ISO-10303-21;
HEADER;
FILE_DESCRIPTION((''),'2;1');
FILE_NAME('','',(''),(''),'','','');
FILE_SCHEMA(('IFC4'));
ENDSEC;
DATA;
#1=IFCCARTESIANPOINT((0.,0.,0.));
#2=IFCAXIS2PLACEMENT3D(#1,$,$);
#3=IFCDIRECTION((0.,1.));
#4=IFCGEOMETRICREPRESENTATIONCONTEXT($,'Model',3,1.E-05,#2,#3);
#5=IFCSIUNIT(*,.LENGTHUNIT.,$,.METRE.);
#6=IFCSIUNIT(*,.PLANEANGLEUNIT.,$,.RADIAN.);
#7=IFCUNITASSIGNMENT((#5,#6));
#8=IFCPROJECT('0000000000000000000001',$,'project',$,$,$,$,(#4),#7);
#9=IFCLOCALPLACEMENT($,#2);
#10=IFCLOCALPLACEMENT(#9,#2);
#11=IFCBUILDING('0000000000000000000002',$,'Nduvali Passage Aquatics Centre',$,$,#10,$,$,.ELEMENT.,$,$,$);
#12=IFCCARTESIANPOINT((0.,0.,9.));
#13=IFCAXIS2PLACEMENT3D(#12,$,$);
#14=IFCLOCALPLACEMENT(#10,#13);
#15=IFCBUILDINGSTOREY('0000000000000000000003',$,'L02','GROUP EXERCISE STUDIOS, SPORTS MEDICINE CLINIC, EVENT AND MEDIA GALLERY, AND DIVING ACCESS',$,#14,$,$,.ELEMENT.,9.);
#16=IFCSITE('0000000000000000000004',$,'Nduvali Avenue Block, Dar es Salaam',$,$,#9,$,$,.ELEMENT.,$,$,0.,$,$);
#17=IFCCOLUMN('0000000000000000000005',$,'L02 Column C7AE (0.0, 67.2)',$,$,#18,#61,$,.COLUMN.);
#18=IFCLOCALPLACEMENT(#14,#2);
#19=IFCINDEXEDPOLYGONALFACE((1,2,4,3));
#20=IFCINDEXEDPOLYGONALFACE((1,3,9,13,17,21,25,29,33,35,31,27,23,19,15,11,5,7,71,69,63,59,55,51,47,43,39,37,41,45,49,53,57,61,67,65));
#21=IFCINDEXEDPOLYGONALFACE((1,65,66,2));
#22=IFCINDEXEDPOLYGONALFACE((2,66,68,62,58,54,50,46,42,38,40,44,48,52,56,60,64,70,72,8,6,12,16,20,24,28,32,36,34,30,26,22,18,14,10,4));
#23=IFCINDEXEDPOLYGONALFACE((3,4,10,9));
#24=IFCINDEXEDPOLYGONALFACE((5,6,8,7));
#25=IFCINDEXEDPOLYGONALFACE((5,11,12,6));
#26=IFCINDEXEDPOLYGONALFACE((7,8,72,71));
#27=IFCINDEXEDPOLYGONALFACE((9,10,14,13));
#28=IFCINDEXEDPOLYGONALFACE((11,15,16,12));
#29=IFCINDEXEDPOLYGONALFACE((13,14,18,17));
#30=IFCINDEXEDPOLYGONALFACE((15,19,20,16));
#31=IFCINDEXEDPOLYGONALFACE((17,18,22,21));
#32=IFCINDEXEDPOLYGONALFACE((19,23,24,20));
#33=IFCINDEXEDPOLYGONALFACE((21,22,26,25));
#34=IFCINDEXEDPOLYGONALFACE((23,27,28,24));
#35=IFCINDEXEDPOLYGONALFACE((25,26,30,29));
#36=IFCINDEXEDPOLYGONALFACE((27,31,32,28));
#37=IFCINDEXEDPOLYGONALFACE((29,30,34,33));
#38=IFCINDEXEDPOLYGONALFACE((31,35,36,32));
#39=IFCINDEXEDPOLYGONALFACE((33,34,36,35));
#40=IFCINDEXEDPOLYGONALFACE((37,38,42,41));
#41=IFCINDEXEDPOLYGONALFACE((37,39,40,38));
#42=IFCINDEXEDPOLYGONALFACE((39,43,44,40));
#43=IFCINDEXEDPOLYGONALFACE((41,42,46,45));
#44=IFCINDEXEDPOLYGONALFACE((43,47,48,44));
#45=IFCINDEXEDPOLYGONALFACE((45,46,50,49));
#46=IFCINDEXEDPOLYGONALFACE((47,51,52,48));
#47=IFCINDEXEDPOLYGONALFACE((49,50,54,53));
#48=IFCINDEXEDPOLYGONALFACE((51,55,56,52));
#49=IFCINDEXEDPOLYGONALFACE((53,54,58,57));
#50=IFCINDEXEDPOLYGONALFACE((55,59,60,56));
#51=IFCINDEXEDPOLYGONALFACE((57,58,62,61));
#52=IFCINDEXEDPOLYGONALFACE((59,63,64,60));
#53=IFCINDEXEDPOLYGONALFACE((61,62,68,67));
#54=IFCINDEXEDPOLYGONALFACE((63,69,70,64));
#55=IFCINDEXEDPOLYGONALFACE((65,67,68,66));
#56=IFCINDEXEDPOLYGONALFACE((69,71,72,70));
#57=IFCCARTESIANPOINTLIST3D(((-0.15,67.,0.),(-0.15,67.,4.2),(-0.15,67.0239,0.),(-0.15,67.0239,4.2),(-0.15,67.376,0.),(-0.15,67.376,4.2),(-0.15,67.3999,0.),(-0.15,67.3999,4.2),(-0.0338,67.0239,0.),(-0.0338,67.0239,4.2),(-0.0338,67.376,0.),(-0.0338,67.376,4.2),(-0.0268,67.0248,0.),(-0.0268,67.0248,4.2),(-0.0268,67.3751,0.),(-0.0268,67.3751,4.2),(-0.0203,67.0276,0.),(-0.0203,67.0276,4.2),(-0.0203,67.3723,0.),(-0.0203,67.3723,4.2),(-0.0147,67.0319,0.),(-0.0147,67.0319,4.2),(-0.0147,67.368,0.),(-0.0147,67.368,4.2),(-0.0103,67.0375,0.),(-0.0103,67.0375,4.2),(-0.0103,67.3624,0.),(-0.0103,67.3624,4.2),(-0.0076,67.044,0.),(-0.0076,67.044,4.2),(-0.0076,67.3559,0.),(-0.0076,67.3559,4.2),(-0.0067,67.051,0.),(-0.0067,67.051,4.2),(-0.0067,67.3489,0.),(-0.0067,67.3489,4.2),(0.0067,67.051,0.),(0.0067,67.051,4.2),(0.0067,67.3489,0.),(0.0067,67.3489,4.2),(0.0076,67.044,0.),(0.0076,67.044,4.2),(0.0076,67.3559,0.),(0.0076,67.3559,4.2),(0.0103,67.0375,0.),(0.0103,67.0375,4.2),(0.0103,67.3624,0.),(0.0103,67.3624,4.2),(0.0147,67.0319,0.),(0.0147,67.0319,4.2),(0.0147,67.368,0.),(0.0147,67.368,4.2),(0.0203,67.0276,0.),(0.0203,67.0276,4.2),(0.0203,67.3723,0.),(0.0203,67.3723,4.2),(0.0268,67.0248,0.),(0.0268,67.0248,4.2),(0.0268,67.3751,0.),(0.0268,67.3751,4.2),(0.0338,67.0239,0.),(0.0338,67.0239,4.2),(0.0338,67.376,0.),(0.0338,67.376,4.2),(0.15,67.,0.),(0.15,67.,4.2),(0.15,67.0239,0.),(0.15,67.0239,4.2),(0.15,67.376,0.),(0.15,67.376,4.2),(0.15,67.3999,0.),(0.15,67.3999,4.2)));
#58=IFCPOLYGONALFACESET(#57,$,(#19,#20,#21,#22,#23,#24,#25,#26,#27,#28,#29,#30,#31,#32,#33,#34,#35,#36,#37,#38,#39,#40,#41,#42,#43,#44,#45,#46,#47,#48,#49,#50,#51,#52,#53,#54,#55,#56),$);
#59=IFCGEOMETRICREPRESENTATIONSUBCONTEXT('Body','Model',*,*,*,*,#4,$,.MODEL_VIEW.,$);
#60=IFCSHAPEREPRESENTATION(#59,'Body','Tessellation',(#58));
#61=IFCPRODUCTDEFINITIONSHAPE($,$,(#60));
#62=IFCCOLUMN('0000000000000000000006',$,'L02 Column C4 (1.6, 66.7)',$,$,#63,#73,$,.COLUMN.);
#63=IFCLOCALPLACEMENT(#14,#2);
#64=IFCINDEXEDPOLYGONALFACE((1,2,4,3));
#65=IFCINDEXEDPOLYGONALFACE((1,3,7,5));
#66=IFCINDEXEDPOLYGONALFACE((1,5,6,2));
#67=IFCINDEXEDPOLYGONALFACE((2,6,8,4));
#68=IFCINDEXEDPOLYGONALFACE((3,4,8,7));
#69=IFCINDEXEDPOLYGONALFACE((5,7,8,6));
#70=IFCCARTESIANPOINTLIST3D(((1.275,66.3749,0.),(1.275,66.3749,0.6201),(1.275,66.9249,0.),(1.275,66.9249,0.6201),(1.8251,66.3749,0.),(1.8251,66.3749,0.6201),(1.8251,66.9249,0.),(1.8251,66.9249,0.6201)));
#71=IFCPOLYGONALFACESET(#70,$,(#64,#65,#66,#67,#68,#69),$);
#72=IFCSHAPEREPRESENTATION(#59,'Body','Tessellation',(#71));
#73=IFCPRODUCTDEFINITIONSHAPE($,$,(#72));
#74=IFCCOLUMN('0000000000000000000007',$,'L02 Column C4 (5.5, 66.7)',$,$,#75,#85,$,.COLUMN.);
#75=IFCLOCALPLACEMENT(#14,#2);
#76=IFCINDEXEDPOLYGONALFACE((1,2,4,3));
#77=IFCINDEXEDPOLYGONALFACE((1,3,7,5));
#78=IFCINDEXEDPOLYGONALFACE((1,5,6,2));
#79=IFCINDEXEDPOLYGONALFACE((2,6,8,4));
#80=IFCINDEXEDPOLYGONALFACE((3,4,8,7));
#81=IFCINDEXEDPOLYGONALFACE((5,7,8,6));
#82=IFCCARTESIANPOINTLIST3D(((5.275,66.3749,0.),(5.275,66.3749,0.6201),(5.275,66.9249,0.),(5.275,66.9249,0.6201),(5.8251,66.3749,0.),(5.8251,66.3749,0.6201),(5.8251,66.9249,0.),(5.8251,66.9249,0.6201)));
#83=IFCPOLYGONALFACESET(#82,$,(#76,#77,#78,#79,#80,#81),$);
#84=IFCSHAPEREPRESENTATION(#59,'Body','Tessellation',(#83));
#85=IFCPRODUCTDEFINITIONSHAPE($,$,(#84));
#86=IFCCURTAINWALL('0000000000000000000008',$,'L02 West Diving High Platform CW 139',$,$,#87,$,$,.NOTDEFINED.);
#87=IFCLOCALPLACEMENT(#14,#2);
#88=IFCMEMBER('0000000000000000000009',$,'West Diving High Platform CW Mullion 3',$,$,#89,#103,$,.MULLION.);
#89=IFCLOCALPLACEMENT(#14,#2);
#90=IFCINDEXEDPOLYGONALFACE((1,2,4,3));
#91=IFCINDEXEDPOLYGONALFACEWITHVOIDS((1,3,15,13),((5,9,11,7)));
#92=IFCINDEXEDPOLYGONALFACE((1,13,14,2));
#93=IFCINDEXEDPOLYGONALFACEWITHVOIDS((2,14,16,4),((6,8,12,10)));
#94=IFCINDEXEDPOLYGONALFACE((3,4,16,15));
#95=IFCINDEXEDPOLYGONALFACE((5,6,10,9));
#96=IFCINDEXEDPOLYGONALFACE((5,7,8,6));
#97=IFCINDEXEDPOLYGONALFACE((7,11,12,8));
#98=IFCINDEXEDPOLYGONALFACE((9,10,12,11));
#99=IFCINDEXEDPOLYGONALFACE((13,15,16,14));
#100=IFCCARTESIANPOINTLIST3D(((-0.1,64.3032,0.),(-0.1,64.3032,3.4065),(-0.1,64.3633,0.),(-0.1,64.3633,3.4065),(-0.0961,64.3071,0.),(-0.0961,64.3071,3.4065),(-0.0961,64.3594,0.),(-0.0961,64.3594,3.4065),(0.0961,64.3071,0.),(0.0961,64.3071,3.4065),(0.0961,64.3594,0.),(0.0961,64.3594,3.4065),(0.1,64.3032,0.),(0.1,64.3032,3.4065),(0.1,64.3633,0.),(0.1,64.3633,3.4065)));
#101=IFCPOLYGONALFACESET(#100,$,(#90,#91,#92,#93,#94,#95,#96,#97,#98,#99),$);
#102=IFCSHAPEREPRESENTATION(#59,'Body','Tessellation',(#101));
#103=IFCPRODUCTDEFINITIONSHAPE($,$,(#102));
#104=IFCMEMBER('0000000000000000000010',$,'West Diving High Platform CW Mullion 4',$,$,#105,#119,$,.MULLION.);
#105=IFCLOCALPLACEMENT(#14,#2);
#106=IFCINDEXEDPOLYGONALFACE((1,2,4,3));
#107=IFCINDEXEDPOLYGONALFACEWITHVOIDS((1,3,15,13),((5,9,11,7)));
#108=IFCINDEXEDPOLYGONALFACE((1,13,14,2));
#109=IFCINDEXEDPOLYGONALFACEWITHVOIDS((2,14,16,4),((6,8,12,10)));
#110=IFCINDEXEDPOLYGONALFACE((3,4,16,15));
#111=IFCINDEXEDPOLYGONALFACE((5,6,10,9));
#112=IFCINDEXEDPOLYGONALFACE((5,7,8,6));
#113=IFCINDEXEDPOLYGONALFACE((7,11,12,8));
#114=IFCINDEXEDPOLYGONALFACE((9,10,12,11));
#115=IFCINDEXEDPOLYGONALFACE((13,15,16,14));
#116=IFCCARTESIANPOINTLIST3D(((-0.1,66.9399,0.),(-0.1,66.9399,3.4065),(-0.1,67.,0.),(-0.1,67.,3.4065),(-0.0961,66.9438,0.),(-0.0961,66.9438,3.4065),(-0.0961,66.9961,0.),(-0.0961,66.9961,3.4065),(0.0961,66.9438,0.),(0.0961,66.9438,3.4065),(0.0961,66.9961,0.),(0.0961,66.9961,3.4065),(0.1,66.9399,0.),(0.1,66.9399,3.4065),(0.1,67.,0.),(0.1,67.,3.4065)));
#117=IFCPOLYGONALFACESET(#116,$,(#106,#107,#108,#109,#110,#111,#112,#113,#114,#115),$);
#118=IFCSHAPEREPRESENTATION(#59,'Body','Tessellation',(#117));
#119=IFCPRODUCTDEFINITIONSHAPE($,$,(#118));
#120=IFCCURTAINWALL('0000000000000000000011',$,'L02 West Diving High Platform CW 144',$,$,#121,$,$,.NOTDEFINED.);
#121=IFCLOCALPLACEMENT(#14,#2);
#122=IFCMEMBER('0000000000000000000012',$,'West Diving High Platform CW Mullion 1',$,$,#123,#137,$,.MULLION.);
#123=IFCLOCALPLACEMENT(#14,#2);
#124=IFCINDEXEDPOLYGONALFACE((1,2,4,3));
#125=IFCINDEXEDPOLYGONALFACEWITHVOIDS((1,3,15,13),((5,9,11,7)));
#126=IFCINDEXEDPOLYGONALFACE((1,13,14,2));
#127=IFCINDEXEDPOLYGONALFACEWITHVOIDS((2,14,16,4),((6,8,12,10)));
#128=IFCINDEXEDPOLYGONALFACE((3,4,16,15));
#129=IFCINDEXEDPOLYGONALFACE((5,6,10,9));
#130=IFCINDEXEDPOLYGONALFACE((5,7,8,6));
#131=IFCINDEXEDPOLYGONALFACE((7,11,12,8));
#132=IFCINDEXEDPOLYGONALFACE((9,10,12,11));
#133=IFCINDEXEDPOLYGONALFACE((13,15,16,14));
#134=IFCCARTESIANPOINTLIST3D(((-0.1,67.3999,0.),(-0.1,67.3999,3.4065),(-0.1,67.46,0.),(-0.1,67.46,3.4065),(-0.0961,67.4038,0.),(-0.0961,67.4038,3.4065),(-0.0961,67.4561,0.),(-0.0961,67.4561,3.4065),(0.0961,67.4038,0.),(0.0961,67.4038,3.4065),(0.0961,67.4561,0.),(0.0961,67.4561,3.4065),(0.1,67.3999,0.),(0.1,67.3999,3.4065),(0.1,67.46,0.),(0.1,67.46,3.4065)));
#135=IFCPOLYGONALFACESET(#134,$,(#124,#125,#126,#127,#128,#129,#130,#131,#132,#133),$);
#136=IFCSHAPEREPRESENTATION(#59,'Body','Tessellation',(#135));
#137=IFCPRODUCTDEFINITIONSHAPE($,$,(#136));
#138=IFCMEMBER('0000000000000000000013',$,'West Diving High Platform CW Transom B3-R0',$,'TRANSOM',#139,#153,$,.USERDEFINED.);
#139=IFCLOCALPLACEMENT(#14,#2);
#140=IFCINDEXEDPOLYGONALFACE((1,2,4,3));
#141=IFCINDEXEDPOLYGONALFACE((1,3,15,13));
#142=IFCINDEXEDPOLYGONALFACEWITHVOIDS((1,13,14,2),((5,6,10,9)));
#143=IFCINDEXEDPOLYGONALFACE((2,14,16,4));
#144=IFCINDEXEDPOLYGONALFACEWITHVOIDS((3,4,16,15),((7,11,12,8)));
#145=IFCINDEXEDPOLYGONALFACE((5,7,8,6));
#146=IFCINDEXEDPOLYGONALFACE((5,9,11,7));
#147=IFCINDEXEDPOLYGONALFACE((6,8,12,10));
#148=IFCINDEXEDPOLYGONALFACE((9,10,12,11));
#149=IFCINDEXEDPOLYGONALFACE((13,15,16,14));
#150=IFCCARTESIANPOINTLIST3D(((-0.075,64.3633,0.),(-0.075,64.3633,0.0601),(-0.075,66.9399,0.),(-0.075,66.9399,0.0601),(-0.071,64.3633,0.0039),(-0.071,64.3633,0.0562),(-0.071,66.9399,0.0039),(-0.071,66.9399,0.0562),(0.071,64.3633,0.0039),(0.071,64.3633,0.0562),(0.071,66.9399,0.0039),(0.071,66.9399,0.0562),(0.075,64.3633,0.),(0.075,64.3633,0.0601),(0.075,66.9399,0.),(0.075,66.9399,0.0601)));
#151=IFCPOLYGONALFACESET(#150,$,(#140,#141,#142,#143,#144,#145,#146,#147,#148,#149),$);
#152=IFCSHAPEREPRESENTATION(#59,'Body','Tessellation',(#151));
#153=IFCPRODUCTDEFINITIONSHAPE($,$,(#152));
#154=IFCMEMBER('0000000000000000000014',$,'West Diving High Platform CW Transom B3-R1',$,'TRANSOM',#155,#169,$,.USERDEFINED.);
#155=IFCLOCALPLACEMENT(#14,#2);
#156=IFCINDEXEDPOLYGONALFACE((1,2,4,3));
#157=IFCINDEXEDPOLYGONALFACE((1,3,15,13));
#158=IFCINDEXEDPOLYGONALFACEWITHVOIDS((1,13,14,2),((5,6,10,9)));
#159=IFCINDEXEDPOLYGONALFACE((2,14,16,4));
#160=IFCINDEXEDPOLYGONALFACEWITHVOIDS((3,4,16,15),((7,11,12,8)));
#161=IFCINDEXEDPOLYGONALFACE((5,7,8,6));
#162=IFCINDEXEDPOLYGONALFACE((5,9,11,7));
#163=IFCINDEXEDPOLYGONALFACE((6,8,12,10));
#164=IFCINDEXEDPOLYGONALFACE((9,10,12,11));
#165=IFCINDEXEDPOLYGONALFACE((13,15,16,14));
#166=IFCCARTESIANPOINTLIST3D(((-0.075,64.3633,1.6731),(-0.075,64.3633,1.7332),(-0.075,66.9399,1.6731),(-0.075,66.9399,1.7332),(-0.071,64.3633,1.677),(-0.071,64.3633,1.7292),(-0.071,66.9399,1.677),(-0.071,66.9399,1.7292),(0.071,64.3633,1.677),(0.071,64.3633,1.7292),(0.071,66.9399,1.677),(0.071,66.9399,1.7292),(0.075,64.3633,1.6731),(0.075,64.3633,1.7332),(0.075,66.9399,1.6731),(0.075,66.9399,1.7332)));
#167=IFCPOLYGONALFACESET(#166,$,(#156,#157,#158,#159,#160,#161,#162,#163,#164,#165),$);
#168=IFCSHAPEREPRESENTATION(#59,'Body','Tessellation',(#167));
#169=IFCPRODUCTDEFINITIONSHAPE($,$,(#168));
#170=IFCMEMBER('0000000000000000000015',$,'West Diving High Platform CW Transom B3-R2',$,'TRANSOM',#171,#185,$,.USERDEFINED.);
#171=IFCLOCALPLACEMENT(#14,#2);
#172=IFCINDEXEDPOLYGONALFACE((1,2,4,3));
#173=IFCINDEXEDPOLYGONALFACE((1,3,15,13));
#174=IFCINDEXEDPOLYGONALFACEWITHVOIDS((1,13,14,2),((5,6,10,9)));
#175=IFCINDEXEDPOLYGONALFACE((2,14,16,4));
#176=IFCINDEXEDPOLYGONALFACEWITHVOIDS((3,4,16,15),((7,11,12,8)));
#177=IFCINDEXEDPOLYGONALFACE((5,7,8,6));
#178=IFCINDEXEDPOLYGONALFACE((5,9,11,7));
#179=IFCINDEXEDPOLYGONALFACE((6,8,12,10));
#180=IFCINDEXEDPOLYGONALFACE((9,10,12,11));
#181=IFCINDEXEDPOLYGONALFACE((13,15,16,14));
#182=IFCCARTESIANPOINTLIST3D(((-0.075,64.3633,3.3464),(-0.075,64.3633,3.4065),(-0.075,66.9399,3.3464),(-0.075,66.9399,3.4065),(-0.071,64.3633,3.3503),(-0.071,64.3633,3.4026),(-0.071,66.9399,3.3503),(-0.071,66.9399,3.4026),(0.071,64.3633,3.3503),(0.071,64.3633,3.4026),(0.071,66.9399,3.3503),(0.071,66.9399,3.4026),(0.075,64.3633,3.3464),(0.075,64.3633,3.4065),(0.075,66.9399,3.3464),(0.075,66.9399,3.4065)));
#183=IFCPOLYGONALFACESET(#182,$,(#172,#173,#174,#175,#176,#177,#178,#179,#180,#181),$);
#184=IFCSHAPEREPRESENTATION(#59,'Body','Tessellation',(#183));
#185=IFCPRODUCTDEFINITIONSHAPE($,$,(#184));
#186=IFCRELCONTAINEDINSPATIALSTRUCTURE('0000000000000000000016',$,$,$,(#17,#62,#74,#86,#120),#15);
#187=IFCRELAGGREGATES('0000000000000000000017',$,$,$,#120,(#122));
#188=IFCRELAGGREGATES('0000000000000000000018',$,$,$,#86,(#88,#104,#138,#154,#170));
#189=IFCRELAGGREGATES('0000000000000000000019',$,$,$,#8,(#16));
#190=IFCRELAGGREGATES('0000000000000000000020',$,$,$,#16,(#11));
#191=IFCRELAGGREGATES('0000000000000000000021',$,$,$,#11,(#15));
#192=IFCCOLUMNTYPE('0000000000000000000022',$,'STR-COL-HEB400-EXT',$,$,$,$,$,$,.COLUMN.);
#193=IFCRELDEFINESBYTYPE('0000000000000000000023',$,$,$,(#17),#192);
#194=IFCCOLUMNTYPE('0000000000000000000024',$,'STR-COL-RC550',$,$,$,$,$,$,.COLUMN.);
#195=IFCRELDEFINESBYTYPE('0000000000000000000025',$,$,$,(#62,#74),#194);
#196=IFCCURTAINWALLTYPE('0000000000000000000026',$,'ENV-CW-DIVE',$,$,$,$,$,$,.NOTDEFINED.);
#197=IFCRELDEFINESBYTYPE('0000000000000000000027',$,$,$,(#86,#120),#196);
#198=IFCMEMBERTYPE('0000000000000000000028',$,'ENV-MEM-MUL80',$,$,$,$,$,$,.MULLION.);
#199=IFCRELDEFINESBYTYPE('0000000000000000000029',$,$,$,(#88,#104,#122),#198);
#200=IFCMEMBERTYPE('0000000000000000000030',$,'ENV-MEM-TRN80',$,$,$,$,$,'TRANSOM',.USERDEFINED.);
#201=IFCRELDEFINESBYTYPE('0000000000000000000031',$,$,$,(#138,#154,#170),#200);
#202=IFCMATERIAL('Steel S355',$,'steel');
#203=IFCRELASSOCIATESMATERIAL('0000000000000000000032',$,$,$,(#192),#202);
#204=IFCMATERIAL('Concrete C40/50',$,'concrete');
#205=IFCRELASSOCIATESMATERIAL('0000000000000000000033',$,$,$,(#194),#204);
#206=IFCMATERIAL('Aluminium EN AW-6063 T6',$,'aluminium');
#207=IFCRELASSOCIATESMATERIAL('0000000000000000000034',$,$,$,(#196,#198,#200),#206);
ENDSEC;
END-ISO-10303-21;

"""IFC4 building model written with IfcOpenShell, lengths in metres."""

from ifc_helpers import new_model, si_unit, direction, frame, origin, origin_2d, place, context, subcontext, project, spatial, rectangle, hollow_rectangle, i_section, extrude, material, material_profile, profile_set, type_object, element, aggregate, save


model = new_model("IFC4")

# Units and contexts
model_context = context("Model", 3, precision=1e-05, world=origin(), true_north=direction((0.0, 1.0)))
body_context = subcontext(model_context, "Body", "Model", "MODEL_VIEW")
ifc_project = project(units=[si_unit("LENGTHUNIT", "METRE"), si_unit("PLANEANGLEUNIT", "RADIAN")], contexts=[model_context])

# Site, building, storey
site_placement = place(None, origin())
site = spatial("IfcSite", under=ifc_project, at=site_placement, Name="Nduvali Avenue Block, Dar es Salaam", CompositionType="ELEMENT", RefElevation=0.0)
building_placement = place(site_placement, origin())
building = spatial("IfcBuilding", under=site, at=building_placement, Name="Nduvali Passage Aquatics Centre", CompositionType="ELEMENT")
storey_placement = place(building_placement, frame((0.0, 0.0, 9.0)))
storey = spatial("IfcBuildingStorey", under=building, at=storey_placement, Name="L02", Description="GROUP EXERCISE STUDIOS, SPORTS MEDICINE CLINIC, EVENT AND MEDIA GALLERY, AND DIVING ACCESS", CompositionType="ELEMENT", Elevation=9.0)

# Columns
ifc_material_1 = material(Name="Steel S355", Category="steel")
ifc_material_profile_1 = material_profile(ifc_material_1, i_section(OverallWidth=0.3, OverallDepth=0.3999, WebThickness=0.0134, FlangeThickness=0.0239, FilletRadius=0.0271, at=origin_2d()), Name="HEB 400")
ifc_profile_set_1 = profile_set([ifc_material_profile_1], Name="Steel S355")
column_type_1 = type_object("IfcColumnType", Name="STR-COL-HEB400-EXT", PredefinedType="COLUMN", material=ifc_profile_set_1)
column_placement = place(storey_placement, frame((0.0, 67.2, 0.0), z_axis=(0.0, 0.0, 1.0), x_axis=(1.0, 0.0, 0.0)))
element("IfcColumn", 1, at=column_placement, inside=storey, type_object=column_type_1, Name="L02 Column C7AE (0.0, 67.2)", PredefinedType="COLUMN", context=body_context, shape_type="SweptSolid", body=[
    extrude(i_section(OverallWidth=0.3, OverallDepth=0.3999, WebThickness=0.0134, FlangeThickness=0.0239, FilletRadius=0.0271, at=origin_2d()), origin(), (0.0, 0.0, 1.0), 4.2),
])
ifc_material_2 = material(Name="Concrete C40/50", Category="concrete")
ifc_material_profile_2 = material_profile(ifc_material_2, rectangle(XDim=0.55, YDim=0.55, at=origin_2d()), Name="RC 550x550")
ifc_profile_set_2 = profile_set([ifc_material_profile_2], Name="Concrete C40/50")
column_type_2 = type_object("IfcColumnType", Name="STR-COL-RC550", PredefinedType="COLUMN", material=ifc_profile_set_2)
for number, where, z_axis, x_axis, name in (
    (2, (1.55, 66.6499, 0.0), (0.0, 0.0, 1.0), (1.0, 0.0, 0.0), "L02 Column C4 (1.6, 66.7)"),
    (3, (5.55, 66.6499, 0.0), (0.0, 0.0, 1.0), (1.0, 0.0, 0.0), "L02 Column C4 (5.5, 66.7)"),
):
    element("IfcColumn", number, at=place(storey_placement, frame(where, z_axis=z_axis, x_axis=x_axis)), inside=storey, type_object=column_type_2, Name=name, PredefinedType="COLUMN", context=body_context, shape_type="SweptSolid", body=[
        extrude(rectangle(XDim=0.55, YDim=0.55, at=origin_2d()), origin(), (0.0, 0.0, 1.0), 0.6201),
    ])

# Curtain wall, members
ifc_material_3 = material(Name="Aluminium EN AW-6063 T6", Category="aluminium")
curtain_wall_type = type_object("IfcCurtainWallType", Name="ENV-CW-DIVE", PredefinedType="NOTDEFINED", material=ifc_material_3)
curtain_wall_1_placement = place(storey_placement, origin())
curtain_wall_1 = element("IfcCurtainWall", 4, at=curtain_wall_1_placement, inside=storey, type_object=curtain_wall_type, Name="L02 West Diving High Platform CW 139", PredefinedType="NOTDEFINED")
ifc_material_profile_3 = material_profile(ifc_material_3, hollow_rectangle(XDim=0.0601, YDim=0.2, WallThickness=0.0039, at=origin_2d()), Name="ALU MULLION 60x200x4")
ifc_profile_set_3 = profile_set([ifc_material_profile_3], Name="Aluminium EN AW-6063 T6")
member_type_1 = type_object("IfcMemberType", Name="ENV-MEM-MUL80", PredefinedType="MULLION", material=ifc_profile_set_3)
member_1_placement = place(storey_placement, frame((0.0, 64.3333, 0.0), z_axis=(0.0, 0.0, 1.0), x_axis=(0.0, 1.0, 0.0)))
member_1 = element("IfcMember", 5, at=member_1_placement, type_object=member_type_1, Name="West Diving High Platform CW Mullion 3", PredefinedType="MULLION", context=body_context, shape_type="SweptSolid", body=[
    extrude(hollow_rectangle(XDim=0.0601, YDim=0.2, WallThickness=0.0039, at=origin_2d()), origin(), (0.0, 0.0, 1.0), 3.4065),
])
member_2_placement = place(storey_placement, frame((0.0, 66.97, 0.0), z_axis=(0.0, 0.0, 1.0), x_axis=(0.0, 1.0, 0.0)))
member_2 = element("IfcMember", 6, at=member_2_placement, type_object=member_type_1, Name="West Diving High Platform CW Mullion 4", PredefinedType="MULLION", context=body_context, shape_type="SweptSolid", body=[
    extrude(hollow_rectangle(XDim=0.0601, YDim=0.2, WallThickness=0.0039, at=origin_2d()), origin(), (0.0, 0.0, 1.0), 3.4065),
])

# Curtain wall, member
curtain_wall_2_placement = place(storey_placement, origin())
curtain_wall_2 = element("IfcCurtainWall", 7, at=curtain_wall_2_placement, inside=storey, type_object=curtain_wall_type, Name="L02 West Diving High Platform CW 144", PredefinedType="NOTDEFINED")
member_3_placement = place(storey_placement, frame((0.0, 67.4299, 0.0), z_axis=(0.0, 0.0, 1.0), x_axis=(0.0, 1.0, 0.0)))
member_3 = element("IfcMember", 8, at=member_3_placement, type_object=member_type_1, Name="West Diving High Platform CW Mullion 1", PredefinedType="MULLION", context=body_context, shape_type="SweptSolid", body=[
    extrude(hollow_rectangle(XDim=0.0601, YDim=0.2, WallThickness=0.0039, at=origin_2d()), origin(), (0.0, 0.0, 1.0), 3.4065),
])

# Members
ifc_material_profile_4 = material_profile(ifc_material_3, hollow_rectangle(XDim=0.1499, YDim=0.0601, WallThickness=0.0039, at=origin_2d()), Name="ALU TRANSOM 150x60x4")
ifc_profile_set_4 = profile_set([ifc_material_profile_4], Name="Aluminium EN AW-6063 T6")
member_type_2 = type_object("IfcMemberType", Name="ENV-MEM-TRN80", ElementType="TRANSOM", PredefinedType="USERDEFINED", material=ifc_profile_set_4)
member_4_placement = place(storey_placement, frame((0.0, 64.3633, 0.03), z_axis=(0.0, 1.0, 0.0), x_axis=(-1.0, 0.0, 0.0)))
member_4 = element("IfcMember", 9, at=member_4_placement, type_object=member_type_2, Name="West Diving High Platform CW Transom B3-R0", ObjectType="TRANSOM", PredefinedType="USERDEFINED", context=body_context, shape_type="SweptSolid", body=[
    extrude(hollow_rectangle(XDim=0.1499, YDim=0.0601, WallThickness=0.0039, at=origin_2d()), origin(), (0.0, 0.0, 1.0), 2.5767),
])
member_5_placement = place(storey_placement, frame((0.0, 64.3633, 1.7031), z_axis=(0.0, 1.0, 0.0), x_axis=(-1.0, 0.0, 0.0)))
member_5 = element("IfcMember", 10, at=member_5_placement, type_object=member_type_2, Name="West Diving High Platform CW Transom B3-R1", ObjectType="TRANSOM", PredefinedType="USERDEFINED", context=body_context, shape_type="SweptSolid", body=[
    extrude(hollow_rectangle(XDim=0.1499, YDim=0.0601, WallThickness=0.0039, at=origin_2d()), origin(), (0.0, 0.0, 1.0), 2.5767),
])
member_6_placement = place(storey_placement, frame((0.0, 64.3633, 3.3765), z_axis=(0.0, 1.0, 0.0), x_axis=(-1.0, 0.0, 0.0)))
member_6 = element("IfcMember", 11, at=member_6_placement, type_object=member_type_2, Name="West Diving High Platform CW Transom B3-R2", ObjectType="TRANSOM", PredefinedType="USERDEFINED", context=body_context, shape_type="SweptSolid", body=[
    extrude(hollow_rectangle(XDim=0.1499, YDim=0.0601, WallThickness=0.0039, at=origin_2d()), origin(), (0.0, 0.0, 1.0), 2.5767),
])
aggregate(curtain_wall_2, [member_3])

aggregate(curtain_wall_1, [member_1, member_2, member_4, member_5, member_6])

save(model, "model.ifc")
